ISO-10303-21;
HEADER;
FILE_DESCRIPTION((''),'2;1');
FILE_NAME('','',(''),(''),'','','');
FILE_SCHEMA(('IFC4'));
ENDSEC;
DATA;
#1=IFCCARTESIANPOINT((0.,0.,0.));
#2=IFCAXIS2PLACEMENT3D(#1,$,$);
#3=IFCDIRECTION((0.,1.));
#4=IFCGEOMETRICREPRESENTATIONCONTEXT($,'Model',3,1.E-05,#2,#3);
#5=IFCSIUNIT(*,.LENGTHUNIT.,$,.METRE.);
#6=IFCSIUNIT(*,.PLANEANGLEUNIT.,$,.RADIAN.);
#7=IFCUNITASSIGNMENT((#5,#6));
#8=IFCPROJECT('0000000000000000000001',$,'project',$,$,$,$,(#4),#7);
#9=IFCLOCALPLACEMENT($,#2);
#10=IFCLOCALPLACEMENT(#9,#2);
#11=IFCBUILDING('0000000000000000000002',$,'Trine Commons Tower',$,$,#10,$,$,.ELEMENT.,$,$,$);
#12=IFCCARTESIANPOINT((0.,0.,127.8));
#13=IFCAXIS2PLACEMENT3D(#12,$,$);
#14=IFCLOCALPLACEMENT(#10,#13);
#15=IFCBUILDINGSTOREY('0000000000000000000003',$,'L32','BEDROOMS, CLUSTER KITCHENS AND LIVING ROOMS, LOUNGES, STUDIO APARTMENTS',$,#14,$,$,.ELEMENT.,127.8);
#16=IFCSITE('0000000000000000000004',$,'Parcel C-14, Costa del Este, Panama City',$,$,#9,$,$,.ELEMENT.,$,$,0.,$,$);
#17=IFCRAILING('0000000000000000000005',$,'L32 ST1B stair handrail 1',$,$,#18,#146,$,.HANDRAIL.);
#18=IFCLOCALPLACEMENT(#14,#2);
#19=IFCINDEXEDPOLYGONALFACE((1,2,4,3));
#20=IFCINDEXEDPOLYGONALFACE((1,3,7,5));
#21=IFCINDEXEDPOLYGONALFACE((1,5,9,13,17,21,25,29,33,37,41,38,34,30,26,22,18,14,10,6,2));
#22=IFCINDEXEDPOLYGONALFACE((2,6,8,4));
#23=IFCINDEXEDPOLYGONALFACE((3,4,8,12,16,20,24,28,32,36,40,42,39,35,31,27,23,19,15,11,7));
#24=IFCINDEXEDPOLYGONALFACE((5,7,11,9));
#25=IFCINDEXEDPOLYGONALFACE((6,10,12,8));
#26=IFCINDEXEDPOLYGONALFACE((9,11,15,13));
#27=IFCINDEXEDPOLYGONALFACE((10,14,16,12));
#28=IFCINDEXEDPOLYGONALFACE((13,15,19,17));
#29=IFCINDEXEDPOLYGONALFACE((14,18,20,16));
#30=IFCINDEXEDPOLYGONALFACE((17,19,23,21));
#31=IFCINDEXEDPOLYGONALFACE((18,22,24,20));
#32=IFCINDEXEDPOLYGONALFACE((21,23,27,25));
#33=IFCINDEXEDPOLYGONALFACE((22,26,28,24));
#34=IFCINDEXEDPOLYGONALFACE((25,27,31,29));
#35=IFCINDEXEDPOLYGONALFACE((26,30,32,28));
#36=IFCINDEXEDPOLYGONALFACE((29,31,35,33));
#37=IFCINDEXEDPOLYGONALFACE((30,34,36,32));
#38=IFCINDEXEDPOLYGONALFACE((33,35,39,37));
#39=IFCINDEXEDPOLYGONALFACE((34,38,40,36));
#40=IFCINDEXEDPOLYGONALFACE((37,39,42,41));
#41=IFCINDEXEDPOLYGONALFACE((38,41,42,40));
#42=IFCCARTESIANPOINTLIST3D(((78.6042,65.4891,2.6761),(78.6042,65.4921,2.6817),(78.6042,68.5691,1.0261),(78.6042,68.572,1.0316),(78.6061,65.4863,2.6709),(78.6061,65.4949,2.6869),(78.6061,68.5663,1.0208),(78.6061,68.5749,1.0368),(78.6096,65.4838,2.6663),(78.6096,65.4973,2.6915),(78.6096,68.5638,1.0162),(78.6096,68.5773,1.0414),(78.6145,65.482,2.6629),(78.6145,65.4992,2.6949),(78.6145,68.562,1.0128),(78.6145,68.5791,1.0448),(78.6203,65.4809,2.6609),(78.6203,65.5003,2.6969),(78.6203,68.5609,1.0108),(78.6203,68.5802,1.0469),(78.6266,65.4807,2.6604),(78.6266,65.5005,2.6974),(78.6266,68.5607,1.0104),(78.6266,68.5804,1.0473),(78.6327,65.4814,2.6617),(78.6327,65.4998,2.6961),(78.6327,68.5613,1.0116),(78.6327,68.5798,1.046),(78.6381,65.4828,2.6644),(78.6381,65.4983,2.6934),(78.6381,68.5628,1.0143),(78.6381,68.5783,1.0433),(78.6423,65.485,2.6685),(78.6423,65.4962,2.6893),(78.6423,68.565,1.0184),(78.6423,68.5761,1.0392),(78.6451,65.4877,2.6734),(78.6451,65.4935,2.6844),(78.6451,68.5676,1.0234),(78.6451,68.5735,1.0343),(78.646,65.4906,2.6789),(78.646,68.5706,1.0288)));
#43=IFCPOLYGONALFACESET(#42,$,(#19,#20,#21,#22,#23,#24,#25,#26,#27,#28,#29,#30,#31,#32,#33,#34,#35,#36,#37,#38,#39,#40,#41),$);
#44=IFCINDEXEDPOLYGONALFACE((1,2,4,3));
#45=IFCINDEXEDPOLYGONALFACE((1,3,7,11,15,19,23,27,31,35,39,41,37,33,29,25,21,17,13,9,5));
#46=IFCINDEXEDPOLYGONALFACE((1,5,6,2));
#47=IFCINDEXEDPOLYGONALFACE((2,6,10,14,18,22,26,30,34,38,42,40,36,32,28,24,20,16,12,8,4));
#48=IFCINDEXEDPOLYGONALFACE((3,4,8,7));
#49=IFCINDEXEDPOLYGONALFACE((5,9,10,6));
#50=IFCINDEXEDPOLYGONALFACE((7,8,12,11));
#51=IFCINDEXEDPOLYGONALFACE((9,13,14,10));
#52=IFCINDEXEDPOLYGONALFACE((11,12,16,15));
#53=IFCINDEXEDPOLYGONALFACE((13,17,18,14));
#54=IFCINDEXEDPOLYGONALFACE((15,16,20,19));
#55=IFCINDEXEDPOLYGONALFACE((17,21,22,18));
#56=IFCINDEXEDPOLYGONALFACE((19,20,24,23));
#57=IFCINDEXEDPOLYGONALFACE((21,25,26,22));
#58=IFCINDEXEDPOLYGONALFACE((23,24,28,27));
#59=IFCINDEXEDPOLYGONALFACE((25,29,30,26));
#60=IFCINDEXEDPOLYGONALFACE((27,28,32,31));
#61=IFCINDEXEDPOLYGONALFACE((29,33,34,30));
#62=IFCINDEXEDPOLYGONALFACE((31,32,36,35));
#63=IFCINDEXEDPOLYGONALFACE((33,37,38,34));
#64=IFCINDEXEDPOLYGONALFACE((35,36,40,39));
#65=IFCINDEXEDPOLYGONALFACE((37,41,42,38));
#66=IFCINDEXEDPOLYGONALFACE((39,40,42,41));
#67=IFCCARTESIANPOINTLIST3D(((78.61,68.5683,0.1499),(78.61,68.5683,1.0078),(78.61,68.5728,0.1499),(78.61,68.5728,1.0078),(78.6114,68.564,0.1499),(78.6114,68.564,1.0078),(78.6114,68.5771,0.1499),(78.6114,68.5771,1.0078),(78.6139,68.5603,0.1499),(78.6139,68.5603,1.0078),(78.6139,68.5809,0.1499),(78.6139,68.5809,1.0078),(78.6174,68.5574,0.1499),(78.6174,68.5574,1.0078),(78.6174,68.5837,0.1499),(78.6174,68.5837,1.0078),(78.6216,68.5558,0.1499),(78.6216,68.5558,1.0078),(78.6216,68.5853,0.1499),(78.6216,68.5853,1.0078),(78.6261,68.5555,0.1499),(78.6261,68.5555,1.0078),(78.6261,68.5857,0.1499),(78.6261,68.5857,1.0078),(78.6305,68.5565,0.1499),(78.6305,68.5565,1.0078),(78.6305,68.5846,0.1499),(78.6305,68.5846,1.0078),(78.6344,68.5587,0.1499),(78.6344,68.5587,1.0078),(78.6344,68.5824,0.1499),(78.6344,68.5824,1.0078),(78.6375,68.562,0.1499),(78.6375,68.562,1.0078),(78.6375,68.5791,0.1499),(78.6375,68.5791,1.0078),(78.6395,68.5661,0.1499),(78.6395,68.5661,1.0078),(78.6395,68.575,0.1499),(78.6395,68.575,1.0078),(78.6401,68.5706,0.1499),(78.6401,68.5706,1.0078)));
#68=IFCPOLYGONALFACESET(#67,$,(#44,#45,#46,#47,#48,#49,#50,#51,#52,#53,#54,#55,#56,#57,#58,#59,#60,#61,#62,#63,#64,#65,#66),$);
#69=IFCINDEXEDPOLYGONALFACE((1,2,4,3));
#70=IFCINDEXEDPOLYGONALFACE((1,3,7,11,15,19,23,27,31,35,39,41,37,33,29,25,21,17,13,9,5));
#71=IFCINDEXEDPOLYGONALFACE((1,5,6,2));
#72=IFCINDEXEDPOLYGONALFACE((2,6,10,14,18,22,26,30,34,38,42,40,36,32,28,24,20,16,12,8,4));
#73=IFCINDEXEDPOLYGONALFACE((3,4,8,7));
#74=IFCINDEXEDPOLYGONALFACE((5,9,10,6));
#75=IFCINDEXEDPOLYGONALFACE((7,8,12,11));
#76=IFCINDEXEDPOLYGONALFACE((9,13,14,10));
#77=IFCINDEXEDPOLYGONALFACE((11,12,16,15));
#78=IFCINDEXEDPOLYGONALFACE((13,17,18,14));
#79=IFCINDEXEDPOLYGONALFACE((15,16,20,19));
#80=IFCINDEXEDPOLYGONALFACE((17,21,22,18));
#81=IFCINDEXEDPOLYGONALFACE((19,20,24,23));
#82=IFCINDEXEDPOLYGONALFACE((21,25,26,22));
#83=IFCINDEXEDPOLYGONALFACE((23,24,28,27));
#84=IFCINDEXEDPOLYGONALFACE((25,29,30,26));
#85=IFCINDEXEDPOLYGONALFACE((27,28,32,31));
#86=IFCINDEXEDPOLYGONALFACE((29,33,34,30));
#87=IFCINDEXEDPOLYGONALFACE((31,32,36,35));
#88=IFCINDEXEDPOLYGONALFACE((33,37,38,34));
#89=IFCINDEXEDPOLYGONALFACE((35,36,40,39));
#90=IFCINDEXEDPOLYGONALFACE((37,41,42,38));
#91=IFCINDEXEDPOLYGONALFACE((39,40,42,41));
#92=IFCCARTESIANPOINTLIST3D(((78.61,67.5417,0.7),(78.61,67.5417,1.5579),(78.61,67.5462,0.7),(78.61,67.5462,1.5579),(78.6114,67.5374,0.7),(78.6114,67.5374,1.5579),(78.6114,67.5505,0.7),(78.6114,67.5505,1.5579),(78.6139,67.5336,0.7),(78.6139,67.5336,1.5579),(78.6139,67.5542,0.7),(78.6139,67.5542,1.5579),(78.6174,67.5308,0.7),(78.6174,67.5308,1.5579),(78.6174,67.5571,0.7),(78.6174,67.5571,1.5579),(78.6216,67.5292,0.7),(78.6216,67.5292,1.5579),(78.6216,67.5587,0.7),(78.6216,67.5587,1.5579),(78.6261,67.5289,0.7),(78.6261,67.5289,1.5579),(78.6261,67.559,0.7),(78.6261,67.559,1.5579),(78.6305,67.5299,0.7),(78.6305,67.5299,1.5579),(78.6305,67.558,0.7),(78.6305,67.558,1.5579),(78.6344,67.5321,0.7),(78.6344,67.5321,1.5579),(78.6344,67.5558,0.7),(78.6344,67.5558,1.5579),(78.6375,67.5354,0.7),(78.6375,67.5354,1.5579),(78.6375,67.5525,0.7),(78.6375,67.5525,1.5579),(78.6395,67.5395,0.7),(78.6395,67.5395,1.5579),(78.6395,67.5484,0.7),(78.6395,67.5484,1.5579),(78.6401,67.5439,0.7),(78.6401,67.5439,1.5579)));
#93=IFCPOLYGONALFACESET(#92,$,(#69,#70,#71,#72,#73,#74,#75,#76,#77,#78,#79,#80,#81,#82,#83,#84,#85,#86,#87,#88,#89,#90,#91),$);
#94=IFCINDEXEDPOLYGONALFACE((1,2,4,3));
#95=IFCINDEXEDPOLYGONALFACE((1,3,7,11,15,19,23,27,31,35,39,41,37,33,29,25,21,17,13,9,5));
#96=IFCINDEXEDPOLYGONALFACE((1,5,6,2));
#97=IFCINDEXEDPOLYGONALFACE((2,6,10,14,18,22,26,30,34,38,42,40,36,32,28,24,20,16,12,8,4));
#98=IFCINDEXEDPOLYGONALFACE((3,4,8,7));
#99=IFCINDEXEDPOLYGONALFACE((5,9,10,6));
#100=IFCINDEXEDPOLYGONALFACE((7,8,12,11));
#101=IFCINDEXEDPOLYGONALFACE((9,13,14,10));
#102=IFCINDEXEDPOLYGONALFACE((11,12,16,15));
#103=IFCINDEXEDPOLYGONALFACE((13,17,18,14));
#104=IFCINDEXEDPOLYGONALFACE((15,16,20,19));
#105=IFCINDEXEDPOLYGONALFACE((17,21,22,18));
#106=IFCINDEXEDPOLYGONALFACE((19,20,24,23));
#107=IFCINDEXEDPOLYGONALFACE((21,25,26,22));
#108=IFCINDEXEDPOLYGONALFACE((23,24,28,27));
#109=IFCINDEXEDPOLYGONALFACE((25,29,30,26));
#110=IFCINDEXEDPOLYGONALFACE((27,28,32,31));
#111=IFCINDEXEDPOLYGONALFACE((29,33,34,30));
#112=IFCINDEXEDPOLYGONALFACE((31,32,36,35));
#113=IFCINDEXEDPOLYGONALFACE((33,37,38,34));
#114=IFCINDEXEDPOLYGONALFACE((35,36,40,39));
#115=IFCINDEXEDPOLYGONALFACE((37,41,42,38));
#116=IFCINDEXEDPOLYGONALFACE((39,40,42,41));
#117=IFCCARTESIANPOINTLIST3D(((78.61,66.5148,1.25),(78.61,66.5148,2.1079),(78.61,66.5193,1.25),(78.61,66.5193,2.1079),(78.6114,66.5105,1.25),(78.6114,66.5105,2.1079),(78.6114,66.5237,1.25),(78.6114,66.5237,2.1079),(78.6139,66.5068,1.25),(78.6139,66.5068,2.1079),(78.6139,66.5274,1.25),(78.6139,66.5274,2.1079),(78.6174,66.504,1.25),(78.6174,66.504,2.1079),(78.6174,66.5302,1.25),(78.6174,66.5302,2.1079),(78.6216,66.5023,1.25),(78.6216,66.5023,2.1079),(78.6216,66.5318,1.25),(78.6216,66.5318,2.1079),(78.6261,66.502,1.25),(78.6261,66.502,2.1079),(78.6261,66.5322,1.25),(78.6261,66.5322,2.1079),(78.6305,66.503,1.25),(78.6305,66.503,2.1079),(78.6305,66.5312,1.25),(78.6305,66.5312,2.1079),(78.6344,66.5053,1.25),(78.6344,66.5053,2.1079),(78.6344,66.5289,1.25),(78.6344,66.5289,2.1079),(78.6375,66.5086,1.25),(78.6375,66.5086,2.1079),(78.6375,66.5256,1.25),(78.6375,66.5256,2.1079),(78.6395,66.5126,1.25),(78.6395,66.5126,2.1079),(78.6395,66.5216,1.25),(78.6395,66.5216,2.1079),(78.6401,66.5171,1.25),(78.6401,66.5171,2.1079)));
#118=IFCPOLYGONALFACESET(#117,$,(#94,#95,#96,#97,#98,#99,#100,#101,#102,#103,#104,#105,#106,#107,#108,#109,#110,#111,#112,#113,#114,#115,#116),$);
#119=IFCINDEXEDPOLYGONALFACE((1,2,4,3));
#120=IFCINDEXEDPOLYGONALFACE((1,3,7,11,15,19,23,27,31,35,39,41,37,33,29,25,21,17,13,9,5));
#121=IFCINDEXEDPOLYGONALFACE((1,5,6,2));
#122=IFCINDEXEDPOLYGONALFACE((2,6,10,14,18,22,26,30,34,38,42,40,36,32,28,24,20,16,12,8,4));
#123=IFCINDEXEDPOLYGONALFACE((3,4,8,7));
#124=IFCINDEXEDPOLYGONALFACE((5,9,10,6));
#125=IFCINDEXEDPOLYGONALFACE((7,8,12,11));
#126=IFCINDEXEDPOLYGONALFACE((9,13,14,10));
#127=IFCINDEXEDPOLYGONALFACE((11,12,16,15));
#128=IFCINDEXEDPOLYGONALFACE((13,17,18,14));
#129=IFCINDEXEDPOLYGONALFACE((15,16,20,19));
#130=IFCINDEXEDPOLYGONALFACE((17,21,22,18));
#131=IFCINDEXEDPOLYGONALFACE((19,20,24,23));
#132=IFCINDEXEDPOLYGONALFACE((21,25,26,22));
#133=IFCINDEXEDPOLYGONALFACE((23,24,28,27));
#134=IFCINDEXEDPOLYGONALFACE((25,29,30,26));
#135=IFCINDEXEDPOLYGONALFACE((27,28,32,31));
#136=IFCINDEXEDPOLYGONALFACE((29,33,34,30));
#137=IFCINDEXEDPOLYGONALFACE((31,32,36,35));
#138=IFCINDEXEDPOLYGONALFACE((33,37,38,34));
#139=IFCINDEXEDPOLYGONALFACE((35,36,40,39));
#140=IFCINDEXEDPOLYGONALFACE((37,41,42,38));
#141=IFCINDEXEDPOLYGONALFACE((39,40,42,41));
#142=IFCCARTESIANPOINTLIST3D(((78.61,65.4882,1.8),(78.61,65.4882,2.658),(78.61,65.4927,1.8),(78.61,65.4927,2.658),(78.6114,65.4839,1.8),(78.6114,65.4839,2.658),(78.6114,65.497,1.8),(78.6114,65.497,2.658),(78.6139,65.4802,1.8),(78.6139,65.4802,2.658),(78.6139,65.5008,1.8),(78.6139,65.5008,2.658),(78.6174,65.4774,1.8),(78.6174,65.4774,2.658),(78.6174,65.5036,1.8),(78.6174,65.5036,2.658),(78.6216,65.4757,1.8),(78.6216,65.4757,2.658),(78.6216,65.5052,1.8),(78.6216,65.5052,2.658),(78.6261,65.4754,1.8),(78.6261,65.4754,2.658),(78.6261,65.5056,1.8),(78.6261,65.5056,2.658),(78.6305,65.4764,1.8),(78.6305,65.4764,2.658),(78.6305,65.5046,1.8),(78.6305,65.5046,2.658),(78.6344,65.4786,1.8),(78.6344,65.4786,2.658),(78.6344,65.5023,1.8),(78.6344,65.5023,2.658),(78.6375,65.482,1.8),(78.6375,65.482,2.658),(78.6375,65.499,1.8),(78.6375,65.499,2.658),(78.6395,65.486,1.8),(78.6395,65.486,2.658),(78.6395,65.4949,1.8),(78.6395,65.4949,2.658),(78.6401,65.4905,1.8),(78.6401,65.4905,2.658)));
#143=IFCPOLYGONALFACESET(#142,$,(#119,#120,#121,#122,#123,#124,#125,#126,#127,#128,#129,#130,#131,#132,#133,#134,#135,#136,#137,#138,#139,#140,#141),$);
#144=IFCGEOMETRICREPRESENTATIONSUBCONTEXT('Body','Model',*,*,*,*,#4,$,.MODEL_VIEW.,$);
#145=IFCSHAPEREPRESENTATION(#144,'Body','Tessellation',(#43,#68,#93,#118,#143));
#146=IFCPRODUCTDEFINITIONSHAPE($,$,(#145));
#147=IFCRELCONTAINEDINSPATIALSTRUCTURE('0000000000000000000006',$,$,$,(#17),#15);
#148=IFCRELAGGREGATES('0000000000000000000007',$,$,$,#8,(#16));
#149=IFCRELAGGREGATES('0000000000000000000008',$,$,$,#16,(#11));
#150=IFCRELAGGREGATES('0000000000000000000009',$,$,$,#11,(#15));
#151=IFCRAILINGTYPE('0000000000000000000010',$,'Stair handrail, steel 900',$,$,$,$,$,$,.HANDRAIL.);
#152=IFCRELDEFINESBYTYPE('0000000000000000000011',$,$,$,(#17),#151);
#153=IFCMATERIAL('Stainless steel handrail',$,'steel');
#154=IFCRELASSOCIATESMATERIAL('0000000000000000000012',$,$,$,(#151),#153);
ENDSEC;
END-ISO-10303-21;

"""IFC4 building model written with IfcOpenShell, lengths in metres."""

from ifc_helpers import new_model, si_unit, direction, frame, origin, origin_2d, place, context, subcontext, project, spatial, circle, extrude, material, type_object, element, save


model = new_model("IFC4")

# Units and contexts
model_context = context("Model", 3, precision=1e-05, world=origin(), true_north=direction((0.0, 1.0)))
body_context = subcontext(model_context, "Body", "Model", "MODEL_VIEW")
ifc_project = project(units=[si_unit("LENGTHUNIT", "METRE"), si_unit("PLANEANGLEUNIT", "RADIAN")], contexts=[model_context])

# Site, building, storey
site_placement = place(None, origin())
site = spatial("IfcSite", under=ifc_project, at=site_placement, Name="Parcel C-14, Costa del Este, Panama City", CompositionType="ELEMENT", RefElevation=0.0)
building_placement = place(site_placement, origin())
building = spatial("IfcBuilding", under=site, at=building_placement, Name="Trine Commons Tower", CompositionType="ELEMENT")
storey_placement = place(building_placement, frame((0.0, 0.0, 127.8)))
storey = spatial("IfcBuildingStorey", under=building, at=storey_placement, Name="L32", Description="BEDROOMS, CLUSTER KITCHENS AND LIVING ROOMS, LOUNGES, STUDIO APARTMENTS", CompositionType="ELEMENT", Elevation=127.8)

# Railing
ifc_material_1 = material(Name="Stainless steel handrail", Category="steel")
railing_type = type_object("IfcRailingType", Name="Stair handrail, steel 900", PredefinedType="HANDRAIL", material=ifc_material_1)
railing_placement = place(storey_placement, frame((78.625, 68.5706, 0.1499)))
element("IfcRailing", 1, at=railing_placement, inside=storey, type_object=railing_type, Name="L32 ST1B stair handrail 1", PredefinedType="HANDRAIL", context=body_context, shape_type="SweptSolid", body=[
    extrude(circle(Radius=0.021, at=origin_2d()), frame((0.0, 0.0, 0.8789), z_axis=(0.0, -0.881468, 0.472245), x_axis=(1.0, 0.0, 0.0)), (0.0, 0.0, 1.0), 3.4941),
    extrude(circle(Radius=0.0151, at=origin_2d()), origin(), (0.0, 0.0, 1.0), 0.8579),
    extrude(circle(Radius=0.0151, at=origin_2d()), frame((0.0, -1.0266, 0.55)), (0.0, 0.0, 1.0), 0.8579),
    extrude(circle(Radius=0.0151, at=origin_2d()), frame((0.0, -2.0535, 1.1001)), (0.0, 0.0, 1.0), 0.8579),
    extrude(circle(Radius=0.0151, at=origin_2d()), frame((0.0, -3.0801, 1.6501)), (0.0, 0.0, 1.0), 0.8579),
])

save(model, "model.ifc")
